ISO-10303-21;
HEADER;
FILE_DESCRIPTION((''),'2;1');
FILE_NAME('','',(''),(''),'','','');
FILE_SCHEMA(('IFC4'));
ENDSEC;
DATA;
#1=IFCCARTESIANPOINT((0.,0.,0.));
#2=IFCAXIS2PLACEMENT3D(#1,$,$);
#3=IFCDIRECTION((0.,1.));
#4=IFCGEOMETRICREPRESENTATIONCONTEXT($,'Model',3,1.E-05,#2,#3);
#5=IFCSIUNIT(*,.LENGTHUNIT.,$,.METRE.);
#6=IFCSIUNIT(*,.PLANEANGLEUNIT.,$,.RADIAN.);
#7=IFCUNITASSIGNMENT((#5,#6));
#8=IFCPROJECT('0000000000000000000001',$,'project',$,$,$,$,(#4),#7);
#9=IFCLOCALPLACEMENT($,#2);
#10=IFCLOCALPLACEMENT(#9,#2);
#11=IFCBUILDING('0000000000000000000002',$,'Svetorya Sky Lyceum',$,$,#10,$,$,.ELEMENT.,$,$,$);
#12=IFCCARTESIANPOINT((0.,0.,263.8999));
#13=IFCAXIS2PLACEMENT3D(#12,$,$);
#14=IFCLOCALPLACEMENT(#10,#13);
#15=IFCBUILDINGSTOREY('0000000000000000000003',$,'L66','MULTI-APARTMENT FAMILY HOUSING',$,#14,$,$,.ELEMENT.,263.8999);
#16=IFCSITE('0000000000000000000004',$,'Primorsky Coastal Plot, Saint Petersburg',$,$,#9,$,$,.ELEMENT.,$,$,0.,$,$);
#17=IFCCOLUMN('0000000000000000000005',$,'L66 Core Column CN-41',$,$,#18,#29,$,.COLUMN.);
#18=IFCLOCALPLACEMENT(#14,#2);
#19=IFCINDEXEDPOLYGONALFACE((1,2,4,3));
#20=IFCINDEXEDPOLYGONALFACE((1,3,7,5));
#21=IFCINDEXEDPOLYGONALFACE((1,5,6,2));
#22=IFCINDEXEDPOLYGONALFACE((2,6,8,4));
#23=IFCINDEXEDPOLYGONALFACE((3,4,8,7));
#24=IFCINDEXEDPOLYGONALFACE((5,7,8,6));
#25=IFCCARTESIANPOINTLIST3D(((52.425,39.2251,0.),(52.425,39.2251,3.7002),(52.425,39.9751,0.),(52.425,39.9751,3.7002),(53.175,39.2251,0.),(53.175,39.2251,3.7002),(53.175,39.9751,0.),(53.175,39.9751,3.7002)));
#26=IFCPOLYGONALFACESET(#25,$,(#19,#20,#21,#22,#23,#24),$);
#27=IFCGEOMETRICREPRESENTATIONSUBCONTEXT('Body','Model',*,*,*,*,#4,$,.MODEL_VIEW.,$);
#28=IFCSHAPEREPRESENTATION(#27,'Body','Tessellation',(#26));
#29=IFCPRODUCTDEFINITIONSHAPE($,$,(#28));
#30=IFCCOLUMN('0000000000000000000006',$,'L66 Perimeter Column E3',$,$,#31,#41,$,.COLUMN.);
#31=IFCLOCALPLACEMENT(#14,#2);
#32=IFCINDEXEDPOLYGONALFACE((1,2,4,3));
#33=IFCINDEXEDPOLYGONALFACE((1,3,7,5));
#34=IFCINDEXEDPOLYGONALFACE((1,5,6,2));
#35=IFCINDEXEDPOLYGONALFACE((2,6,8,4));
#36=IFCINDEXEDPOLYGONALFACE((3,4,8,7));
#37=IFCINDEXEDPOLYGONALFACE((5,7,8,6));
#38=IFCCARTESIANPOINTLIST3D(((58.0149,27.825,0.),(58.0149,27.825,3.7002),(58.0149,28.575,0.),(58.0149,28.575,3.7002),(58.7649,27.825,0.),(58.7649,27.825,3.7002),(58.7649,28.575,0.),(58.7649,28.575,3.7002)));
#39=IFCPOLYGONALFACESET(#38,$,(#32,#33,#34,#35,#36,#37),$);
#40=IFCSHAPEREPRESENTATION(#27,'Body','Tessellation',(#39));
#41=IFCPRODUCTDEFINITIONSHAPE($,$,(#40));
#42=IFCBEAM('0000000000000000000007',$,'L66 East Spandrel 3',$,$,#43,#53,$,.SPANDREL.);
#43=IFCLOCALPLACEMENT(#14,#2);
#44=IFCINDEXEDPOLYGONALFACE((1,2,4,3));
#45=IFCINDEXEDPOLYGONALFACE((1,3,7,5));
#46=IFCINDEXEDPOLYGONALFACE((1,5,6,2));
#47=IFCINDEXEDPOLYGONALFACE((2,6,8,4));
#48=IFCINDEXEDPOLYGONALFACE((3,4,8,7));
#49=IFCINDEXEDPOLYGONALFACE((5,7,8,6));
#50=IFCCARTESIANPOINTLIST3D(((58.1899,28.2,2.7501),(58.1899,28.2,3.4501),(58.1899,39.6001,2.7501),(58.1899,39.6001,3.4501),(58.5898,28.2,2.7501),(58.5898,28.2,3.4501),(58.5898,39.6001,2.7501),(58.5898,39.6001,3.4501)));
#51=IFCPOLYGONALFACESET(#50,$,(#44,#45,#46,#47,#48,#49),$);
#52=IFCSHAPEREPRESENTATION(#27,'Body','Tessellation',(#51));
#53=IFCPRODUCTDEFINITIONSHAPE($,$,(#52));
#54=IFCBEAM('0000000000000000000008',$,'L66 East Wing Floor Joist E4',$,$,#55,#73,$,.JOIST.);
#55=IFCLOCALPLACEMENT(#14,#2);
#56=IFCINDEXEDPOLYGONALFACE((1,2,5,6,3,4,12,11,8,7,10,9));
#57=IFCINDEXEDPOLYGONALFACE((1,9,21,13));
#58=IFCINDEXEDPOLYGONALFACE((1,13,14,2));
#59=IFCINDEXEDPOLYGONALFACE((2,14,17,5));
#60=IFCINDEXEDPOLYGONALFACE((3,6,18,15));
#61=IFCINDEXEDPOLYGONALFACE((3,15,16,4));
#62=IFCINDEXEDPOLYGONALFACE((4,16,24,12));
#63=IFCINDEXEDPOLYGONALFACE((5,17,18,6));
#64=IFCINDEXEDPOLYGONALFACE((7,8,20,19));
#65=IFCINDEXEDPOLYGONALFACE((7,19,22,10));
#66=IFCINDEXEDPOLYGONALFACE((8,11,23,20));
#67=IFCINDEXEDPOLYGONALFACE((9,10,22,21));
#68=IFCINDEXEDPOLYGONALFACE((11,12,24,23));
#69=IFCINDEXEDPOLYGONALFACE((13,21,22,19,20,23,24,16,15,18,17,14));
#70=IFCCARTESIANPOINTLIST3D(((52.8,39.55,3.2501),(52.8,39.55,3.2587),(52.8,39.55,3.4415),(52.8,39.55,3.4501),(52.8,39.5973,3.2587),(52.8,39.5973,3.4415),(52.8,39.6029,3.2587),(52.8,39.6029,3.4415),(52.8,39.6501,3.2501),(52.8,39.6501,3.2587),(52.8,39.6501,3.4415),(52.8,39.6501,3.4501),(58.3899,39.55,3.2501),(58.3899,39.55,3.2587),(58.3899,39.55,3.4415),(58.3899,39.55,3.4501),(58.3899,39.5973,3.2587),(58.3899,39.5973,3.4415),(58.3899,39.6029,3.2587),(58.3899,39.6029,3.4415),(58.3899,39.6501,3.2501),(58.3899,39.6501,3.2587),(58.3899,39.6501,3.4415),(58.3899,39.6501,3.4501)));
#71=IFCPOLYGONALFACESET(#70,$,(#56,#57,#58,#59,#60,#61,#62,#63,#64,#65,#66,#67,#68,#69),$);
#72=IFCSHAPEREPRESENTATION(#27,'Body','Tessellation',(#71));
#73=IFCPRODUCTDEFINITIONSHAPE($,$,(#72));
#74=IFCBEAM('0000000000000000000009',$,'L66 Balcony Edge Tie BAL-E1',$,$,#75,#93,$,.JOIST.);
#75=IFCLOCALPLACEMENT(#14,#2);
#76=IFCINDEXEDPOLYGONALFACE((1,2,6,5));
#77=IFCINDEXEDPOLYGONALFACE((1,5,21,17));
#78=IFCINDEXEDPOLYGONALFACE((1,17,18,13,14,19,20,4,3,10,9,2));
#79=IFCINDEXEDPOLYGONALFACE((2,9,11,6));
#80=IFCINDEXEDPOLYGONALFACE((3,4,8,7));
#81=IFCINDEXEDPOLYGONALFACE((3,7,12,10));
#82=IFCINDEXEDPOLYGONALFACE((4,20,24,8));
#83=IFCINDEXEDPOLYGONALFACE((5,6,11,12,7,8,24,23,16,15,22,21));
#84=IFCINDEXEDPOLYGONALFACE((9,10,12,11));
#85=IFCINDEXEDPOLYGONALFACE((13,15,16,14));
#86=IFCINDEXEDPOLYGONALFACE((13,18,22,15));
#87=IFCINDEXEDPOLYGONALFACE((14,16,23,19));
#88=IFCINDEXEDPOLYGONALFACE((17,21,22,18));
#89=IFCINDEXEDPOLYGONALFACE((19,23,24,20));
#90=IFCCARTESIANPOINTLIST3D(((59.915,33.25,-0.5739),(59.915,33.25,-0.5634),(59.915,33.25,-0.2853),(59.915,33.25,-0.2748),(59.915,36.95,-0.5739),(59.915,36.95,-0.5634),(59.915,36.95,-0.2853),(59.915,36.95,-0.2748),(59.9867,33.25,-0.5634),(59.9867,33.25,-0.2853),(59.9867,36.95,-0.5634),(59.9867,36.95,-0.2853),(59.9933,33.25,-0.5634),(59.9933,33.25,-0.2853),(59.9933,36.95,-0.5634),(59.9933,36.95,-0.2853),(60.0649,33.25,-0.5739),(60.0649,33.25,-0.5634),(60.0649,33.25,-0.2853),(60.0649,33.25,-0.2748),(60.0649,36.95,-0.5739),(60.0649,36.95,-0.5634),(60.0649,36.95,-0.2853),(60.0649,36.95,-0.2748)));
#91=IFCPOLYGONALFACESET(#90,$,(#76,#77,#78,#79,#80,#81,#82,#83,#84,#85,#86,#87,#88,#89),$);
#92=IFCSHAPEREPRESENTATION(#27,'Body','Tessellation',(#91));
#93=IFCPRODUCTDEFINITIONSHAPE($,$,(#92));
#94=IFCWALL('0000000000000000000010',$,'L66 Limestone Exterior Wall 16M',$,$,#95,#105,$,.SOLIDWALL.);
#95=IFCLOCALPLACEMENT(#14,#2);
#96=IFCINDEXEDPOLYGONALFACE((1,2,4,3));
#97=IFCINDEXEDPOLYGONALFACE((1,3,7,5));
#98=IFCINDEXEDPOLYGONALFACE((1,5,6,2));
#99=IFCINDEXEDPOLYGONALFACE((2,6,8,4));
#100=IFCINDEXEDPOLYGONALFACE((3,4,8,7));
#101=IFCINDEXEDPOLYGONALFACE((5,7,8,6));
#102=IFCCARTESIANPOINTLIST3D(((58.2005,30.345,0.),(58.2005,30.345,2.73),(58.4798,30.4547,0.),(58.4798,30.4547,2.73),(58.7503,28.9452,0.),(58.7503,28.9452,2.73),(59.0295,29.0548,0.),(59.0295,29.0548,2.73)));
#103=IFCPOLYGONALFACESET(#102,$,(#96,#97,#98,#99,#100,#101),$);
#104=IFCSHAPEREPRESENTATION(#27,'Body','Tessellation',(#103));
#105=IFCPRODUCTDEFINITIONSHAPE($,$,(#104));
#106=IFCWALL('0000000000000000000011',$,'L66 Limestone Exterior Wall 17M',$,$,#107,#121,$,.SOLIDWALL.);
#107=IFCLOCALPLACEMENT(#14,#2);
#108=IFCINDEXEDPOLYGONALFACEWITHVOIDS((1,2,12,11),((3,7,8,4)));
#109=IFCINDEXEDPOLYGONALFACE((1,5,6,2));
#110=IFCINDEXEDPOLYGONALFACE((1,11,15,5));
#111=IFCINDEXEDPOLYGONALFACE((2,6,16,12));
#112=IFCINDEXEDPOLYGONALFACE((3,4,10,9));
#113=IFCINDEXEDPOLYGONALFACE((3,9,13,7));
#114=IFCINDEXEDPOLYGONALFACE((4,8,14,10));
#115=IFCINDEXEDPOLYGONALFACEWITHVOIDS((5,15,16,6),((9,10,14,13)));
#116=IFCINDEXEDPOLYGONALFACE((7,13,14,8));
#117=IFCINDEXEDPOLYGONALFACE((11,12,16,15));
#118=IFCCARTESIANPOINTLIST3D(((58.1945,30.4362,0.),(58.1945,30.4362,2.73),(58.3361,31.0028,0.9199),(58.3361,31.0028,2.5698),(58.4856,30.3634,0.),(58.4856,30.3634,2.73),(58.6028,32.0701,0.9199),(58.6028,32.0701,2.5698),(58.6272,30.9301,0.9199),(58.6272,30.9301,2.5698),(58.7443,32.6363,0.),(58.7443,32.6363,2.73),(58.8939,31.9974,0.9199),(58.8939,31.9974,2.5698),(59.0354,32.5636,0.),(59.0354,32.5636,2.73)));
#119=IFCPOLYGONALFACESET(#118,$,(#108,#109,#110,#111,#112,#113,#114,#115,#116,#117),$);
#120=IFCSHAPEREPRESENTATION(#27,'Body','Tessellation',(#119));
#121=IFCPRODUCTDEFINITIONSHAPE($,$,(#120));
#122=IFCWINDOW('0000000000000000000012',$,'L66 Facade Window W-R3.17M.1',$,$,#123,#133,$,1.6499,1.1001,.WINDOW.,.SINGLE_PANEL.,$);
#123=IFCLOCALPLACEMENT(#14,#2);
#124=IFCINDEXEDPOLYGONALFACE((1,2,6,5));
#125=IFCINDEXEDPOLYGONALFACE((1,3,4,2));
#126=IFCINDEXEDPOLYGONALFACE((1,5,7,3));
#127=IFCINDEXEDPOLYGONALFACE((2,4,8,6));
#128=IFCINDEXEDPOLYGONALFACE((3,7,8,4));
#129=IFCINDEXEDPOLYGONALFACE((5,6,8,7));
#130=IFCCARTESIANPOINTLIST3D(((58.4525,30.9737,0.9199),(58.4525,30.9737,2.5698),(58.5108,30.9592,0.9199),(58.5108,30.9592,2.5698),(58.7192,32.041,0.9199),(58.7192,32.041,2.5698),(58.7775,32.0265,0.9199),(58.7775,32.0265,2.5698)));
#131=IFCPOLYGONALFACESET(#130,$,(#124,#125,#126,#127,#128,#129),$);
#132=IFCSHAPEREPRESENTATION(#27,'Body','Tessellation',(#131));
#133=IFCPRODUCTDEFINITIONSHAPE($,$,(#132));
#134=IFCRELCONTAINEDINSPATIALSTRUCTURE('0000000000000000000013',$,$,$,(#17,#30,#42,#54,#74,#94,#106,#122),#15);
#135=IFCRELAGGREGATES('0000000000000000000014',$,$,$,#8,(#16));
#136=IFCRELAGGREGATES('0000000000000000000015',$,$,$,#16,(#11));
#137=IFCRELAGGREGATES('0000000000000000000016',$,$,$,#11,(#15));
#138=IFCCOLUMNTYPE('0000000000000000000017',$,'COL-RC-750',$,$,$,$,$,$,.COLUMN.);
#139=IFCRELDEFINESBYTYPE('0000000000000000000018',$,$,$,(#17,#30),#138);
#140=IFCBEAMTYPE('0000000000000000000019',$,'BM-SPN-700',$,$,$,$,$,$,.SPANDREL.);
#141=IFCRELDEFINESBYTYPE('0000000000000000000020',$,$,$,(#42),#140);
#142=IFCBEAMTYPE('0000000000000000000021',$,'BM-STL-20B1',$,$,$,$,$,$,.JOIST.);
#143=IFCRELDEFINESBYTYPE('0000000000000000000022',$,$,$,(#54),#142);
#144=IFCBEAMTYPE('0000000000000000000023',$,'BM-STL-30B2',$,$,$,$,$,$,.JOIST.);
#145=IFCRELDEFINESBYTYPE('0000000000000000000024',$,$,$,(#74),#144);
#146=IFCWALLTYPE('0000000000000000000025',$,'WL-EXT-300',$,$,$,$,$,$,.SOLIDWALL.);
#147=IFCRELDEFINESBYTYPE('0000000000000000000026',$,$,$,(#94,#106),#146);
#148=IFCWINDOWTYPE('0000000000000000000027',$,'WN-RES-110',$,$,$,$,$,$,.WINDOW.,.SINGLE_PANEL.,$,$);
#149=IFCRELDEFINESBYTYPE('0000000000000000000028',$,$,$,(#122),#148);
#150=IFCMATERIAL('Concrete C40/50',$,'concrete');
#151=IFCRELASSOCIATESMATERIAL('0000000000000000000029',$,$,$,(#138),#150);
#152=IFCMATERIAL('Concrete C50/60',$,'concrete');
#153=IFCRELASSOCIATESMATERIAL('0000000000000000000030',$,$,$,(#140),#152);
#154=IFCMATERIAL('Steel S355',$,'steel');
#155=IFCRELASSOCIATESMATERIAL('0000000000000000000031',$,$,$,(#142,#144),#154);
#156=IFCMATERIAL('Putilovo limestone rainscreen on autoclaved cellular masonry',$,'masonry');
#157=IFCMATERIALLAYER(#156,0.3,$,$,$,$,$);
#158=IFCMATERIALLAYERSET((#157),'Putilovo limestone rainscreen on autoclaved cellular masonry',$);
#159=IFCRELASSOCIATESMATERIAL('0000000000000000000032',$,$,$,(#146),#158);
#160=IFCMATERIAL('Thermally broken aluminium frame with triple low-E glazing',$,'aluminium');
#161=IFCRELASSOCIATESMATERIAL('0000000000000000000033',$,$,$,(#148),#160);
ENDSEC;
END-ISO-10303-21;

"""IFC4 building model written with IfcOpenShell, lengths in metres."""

from ifc_helpers import new_model, si_unit, direction, frame, frame_2d, origin, origin_2d, place, context, subcontext, project, spatial, rectangle, i_section, extrude, material, layer, layer_set, material_profile, profile_set, type_object, element, fill, save


model = new_model("IFC4")

# Units and contexts
model_context = context("Model", 3, precision=1e-05, world=origin(), true_north=direction((0.0, 1.0)))
body_context = subcontext(model_context, "Body", "Model", "MODEL_VIEW")
ifc_project = project(units=[si_unit("LENGTHUNIT", "METRE"), si_unit("PLANEANGLEUNIT", "RADIAN")], contexts=[model_context])

# Site, building, storey
site_placement = place(None, origin())
site = spatial("IfcSite", under=ifc_project, at=site_placement, Name="Primorsky Coastal Plot, Saint Petersburg", CompositionType="ELEMENT", RefElevation=0.0)
building_placement = place(site_placement, origin())
building = spatial("IfcBuilding", under=site, at=building_placement, Name="Svetorya Sky Lyceum", CompositionType="ELEMENT")
storey_placement = place(building_placement, frame((0.0, 0.0, 263.8999)))
storey = spatial("IfcBuildingStorey", under=building, at=storey_placement, Name="L66", Description="MULTI-APARTMENT FAMILY HOUSING", CompositionType="ELEMENT", Elevation=263.8999)

# Columns
ifc_material_1 = material(Name="Concrete C40/50", Category="concrete")
ifc_material_profile_1 = material_profile(ifc_material_1, rectangle(XDim=0.75, YDim=0.75, at=origin_2d()), Name="RC COL 750x750")
ifc_profile_set_1 = profile_set([ifc_material_profile_1], Name="Concrete C40/50")
column_type = type_object("IfcColumnType", Name="COL-RC-750", PredefinedType="COLUMN", material=ifc_profile_set_1)
for number, where, z_axis, x_axis, name in (
    (1, (52.8, 39.6001, 0.0), (0.0, 0.0, 1.0), (1.0, 0.0, 0.0), "L66 Core Column CN-41"),
    (2, (58.3899, 28.2, 0.0), (0.0, 0.0, 1.0), (1.0, 0.0, 0.0), "L66 Perimeter Column E3"),
):
    element("IfcColumn", number, at=place(storey_placement, frame(where, z_axis=z_axis, x_axis=x_axis)), inside=storey, type_object=column_type, Name=name, PredefinedType="COLUMN", context=body_context, shape_type="SweptSolid", body=[
        extrude(rectangle(XDim=0.75, YDim=0.75, at=origin_2d()), origin(), (0.0, 0.0, 1.0), 3.7002),
    ])

# Beams
ifc_material_2 = material(Name="Concrete C50/60", Category="concrete")
ifc_material_profile_2 = material_profile(ifc_material_2, rectangle(XDim=0.3999, YDim=0.7, at=origin_2d()), Name="RC SPANDREL 400x700")
ifc_profile_set_2 = profile_set([ifc_material_profile_2], Name="Concrete C50/60")
beam_type_1 = type_object("IfcBeamType", Name="BM-SPN-700", PredefinedType="SPANDREL", material=ifc_profile_set_2)
beam_1_placement = place(storey_placement, frame((58.3899, 28.2, 3.1001), z_axis=(0.0, 1.0, 0.0), x_axis=(-1.0, 0.0, 0.0)))
element("IfcBeam", 3, at=beam_1_placement, inside=storey, type_object=beam_type_1, Name="L66 East Spandrel 3", PredefinedType="SPANDREL", context=body_context, shape_type="SweptSolid", body=[
    extrude(rectangle(XDim=0.3999, YDim=0.7, at=origin_2d()), origin(), (0.0, 0.0, 1.0), 11.4001),
])
ifc_material_3 = material(Name="Steel S355", Category="steel")
ifc_material_profile_3 = material_profile(ifc_material_3, i_section(OverallWidth=0.1001, OverallDepth=0.2, WebThickness=0.0056, FlangeThickness=0.0085, at=origin_2d()), Name="GOST 20B1")
ifc_profile_set_3 = profile_set([ifc_material_profile_3], Name="Steel S355")
beam_type_2 = type_object("IfcBeamType", Name="BM-STL-20B1", PredefinedType="JOIST", material=ifc_profile_set_3)
beam_2_placement = place(storey_placement, frame((52.8, 39.6001, 3.3501), z_axis=(1.0, 0.0, 0.0), x_axis=(0.0, 1.0, 0.0)))
element("IfcBeam", 4, at=beam_2_placement, inside=storey, type_object=beam_type_2, Name="L66 East Wing Floor Joist E4", PredefinedType="JOIST", context=body_context, shape_type="SweptSolid", body=[
    extrude(i_section(OverallWidth=0.1001, OverallDepth=0.2, WebThickness=0.0056, FlangeThickness=0.0085, at=origin_2d()), origin(), (0.0, 0.0, 1.0), 5.5898),
])
ifc_material_profile_4 = material_profile(ifc_material_3, i_section(OverallWidth=0.1499, OverallDepth=0.2991, WebThickness=0.0066, FlangeThickness=0.0105, at=origin_2d()), Name="GOST 30B2")
ifc_profile_set_4 = profile_set([ifc_material_profile_4], Name="Steel S355")
beam_type_3 = type_object("IfcBeamType", Name="BM-STL-30B2", PredefinedType="JOIST", material=ifc_profile_set_4)
beam_3_placement = place(storey_placement, frame((59.99, 33.25, -0.4243), z_axis=(0.0, 1.0, 0.0), x_axis=(-1.0, 0.0, 0.0)))
element("IfcBeam", 5, at=beam_3_placement, inside=storey, type_object=beam_type_3, Name="L66 Balcony Edge Tie BAL-E1", PredefinedType="JOIST", context=body_context, shape_type="SweptSolid", body=[
    extrude(i_section(OverallWidth=0.1499, OverallDepth=0.2991, WebThickness=0.0066, FlangeThickness=0.0105, at=origin_2d()), origin(), (0.0, 0.0, 1.0), 3.7),
])

# Wall
ifc_material_4 = material(Name="Putilovo limestone rainscreen on autoclaved cellular masonry", Category="masonry")
ifc_layer_1 = layer(ifc_material_4, 0.3)
ifc_layer_set_1 = layer_set([ifc_layer_1], Name="Putilovo limestone rainscreen on autoclaved cellular masonry")
wall_type_1 = type_object("IfcWallType", Name="WL-EXT-300", PredefinedType="SOLIDWALL", material=ifc_layer_set_1)
wall_1_placement = place(storey_placement, frame((58.8899, 29.0, 0.0), z_axis=(0.0, 0.0, 1.0), x_axis=(-0.365562, 0.930787, 0.0)))
element("IfcWall", 6, at=wall_1_placement, inside=storey, type_object=wall_type_1, Name="L66 Limestone Exterior Wall 16M", PredefinedType="SOLIDWALL", context=body_context, shape_type="SweptSolid", body=[
    extrude(rectangle(XDim=1.5039, YDim=0.3, at=frame_2d((0.752, 0.0))), origin(), (0.0, 0.0, 1.0), 2.73),
])

# Wall, opening, window
wall_2_placement = place(storey_placement, frame((58.3401, 30.3999, 0.0), z_axis=(0.0, 0.0, 1.0), x_axis=(0.242434, 0.970168, 0.0)))
wall_2 = element("IfcWall", 7, at=wall_2_placement, inside=storey, type_object=wall_type_1, Name="L66 Limestone Exterior Wall 17M", PredefinedType="SOLIDWALL", context=body_context, shape_type="SweptSolid", body=[
    extrude(rectangle(XDim=2.2678, YDim=0.3, at=frame_2d((1.1338, 0.0))), origin(), (0.0, 0.0, 1.0), 2.73),
])
opening_1_placement = place(wall_2_placement, frame((0.584, 0.0, 0.9199)))
opening_1 = element("IfcOpeningElement", 8, at=opening_1_placement, cuts=wall_2, PredefinedType="OPENING", context=body_context, shape_type="SweptSolid", body=[
    extrude(rectangle(XDim=1.1001, YDim=1.6499, at=frame_2d((0.55, 0.825))), frame((0.0, 0.1599, 0.0), z_axis=(0.0, -1.0, 0.0), x_axis=(1.0, 0.0, 0.0)), (0.0, 0.0, 1.0), 0.3201),
])
ifc_material_5 = material(Name="Thermally broken aluminium frame with triple low-E glazing", Category="aluminium")
window_type = type_object("IfcWindowType", Name="WN-RES-110", PartitioningType="SINGLE_PANEL", PredefinedType="WINDOW", material=ifc_material_5)
window_1_placement = place(opening_1_placement, origin())
window_1 = element("IfcWindow", 9, at=window_1_placement, inside=storey, type_object=window_type, Name="L66 Facade Window W-R3.17M.1", OverallHeight=1.6499, OverallWidth=1.1001, PartitioningType="SINGLE_PANEL", PredefinedType="WINDOW", context=body_context, shape_type="SweptSolid", body=[
    extrude(rectangle(XDim=1.1001, YDim=1.6499, at=frame_2d((0.55, 0.825))), frame((0.0, 0.03, 0.0), z_axis=(0.0, -1.0, 0.0), x_axis=(1.0, 0.0, 0.0)), (0.0, 0.0, 1.0), 0.0601),
])
fill(opening_1, window_1)

save(model, "model.ifc")
